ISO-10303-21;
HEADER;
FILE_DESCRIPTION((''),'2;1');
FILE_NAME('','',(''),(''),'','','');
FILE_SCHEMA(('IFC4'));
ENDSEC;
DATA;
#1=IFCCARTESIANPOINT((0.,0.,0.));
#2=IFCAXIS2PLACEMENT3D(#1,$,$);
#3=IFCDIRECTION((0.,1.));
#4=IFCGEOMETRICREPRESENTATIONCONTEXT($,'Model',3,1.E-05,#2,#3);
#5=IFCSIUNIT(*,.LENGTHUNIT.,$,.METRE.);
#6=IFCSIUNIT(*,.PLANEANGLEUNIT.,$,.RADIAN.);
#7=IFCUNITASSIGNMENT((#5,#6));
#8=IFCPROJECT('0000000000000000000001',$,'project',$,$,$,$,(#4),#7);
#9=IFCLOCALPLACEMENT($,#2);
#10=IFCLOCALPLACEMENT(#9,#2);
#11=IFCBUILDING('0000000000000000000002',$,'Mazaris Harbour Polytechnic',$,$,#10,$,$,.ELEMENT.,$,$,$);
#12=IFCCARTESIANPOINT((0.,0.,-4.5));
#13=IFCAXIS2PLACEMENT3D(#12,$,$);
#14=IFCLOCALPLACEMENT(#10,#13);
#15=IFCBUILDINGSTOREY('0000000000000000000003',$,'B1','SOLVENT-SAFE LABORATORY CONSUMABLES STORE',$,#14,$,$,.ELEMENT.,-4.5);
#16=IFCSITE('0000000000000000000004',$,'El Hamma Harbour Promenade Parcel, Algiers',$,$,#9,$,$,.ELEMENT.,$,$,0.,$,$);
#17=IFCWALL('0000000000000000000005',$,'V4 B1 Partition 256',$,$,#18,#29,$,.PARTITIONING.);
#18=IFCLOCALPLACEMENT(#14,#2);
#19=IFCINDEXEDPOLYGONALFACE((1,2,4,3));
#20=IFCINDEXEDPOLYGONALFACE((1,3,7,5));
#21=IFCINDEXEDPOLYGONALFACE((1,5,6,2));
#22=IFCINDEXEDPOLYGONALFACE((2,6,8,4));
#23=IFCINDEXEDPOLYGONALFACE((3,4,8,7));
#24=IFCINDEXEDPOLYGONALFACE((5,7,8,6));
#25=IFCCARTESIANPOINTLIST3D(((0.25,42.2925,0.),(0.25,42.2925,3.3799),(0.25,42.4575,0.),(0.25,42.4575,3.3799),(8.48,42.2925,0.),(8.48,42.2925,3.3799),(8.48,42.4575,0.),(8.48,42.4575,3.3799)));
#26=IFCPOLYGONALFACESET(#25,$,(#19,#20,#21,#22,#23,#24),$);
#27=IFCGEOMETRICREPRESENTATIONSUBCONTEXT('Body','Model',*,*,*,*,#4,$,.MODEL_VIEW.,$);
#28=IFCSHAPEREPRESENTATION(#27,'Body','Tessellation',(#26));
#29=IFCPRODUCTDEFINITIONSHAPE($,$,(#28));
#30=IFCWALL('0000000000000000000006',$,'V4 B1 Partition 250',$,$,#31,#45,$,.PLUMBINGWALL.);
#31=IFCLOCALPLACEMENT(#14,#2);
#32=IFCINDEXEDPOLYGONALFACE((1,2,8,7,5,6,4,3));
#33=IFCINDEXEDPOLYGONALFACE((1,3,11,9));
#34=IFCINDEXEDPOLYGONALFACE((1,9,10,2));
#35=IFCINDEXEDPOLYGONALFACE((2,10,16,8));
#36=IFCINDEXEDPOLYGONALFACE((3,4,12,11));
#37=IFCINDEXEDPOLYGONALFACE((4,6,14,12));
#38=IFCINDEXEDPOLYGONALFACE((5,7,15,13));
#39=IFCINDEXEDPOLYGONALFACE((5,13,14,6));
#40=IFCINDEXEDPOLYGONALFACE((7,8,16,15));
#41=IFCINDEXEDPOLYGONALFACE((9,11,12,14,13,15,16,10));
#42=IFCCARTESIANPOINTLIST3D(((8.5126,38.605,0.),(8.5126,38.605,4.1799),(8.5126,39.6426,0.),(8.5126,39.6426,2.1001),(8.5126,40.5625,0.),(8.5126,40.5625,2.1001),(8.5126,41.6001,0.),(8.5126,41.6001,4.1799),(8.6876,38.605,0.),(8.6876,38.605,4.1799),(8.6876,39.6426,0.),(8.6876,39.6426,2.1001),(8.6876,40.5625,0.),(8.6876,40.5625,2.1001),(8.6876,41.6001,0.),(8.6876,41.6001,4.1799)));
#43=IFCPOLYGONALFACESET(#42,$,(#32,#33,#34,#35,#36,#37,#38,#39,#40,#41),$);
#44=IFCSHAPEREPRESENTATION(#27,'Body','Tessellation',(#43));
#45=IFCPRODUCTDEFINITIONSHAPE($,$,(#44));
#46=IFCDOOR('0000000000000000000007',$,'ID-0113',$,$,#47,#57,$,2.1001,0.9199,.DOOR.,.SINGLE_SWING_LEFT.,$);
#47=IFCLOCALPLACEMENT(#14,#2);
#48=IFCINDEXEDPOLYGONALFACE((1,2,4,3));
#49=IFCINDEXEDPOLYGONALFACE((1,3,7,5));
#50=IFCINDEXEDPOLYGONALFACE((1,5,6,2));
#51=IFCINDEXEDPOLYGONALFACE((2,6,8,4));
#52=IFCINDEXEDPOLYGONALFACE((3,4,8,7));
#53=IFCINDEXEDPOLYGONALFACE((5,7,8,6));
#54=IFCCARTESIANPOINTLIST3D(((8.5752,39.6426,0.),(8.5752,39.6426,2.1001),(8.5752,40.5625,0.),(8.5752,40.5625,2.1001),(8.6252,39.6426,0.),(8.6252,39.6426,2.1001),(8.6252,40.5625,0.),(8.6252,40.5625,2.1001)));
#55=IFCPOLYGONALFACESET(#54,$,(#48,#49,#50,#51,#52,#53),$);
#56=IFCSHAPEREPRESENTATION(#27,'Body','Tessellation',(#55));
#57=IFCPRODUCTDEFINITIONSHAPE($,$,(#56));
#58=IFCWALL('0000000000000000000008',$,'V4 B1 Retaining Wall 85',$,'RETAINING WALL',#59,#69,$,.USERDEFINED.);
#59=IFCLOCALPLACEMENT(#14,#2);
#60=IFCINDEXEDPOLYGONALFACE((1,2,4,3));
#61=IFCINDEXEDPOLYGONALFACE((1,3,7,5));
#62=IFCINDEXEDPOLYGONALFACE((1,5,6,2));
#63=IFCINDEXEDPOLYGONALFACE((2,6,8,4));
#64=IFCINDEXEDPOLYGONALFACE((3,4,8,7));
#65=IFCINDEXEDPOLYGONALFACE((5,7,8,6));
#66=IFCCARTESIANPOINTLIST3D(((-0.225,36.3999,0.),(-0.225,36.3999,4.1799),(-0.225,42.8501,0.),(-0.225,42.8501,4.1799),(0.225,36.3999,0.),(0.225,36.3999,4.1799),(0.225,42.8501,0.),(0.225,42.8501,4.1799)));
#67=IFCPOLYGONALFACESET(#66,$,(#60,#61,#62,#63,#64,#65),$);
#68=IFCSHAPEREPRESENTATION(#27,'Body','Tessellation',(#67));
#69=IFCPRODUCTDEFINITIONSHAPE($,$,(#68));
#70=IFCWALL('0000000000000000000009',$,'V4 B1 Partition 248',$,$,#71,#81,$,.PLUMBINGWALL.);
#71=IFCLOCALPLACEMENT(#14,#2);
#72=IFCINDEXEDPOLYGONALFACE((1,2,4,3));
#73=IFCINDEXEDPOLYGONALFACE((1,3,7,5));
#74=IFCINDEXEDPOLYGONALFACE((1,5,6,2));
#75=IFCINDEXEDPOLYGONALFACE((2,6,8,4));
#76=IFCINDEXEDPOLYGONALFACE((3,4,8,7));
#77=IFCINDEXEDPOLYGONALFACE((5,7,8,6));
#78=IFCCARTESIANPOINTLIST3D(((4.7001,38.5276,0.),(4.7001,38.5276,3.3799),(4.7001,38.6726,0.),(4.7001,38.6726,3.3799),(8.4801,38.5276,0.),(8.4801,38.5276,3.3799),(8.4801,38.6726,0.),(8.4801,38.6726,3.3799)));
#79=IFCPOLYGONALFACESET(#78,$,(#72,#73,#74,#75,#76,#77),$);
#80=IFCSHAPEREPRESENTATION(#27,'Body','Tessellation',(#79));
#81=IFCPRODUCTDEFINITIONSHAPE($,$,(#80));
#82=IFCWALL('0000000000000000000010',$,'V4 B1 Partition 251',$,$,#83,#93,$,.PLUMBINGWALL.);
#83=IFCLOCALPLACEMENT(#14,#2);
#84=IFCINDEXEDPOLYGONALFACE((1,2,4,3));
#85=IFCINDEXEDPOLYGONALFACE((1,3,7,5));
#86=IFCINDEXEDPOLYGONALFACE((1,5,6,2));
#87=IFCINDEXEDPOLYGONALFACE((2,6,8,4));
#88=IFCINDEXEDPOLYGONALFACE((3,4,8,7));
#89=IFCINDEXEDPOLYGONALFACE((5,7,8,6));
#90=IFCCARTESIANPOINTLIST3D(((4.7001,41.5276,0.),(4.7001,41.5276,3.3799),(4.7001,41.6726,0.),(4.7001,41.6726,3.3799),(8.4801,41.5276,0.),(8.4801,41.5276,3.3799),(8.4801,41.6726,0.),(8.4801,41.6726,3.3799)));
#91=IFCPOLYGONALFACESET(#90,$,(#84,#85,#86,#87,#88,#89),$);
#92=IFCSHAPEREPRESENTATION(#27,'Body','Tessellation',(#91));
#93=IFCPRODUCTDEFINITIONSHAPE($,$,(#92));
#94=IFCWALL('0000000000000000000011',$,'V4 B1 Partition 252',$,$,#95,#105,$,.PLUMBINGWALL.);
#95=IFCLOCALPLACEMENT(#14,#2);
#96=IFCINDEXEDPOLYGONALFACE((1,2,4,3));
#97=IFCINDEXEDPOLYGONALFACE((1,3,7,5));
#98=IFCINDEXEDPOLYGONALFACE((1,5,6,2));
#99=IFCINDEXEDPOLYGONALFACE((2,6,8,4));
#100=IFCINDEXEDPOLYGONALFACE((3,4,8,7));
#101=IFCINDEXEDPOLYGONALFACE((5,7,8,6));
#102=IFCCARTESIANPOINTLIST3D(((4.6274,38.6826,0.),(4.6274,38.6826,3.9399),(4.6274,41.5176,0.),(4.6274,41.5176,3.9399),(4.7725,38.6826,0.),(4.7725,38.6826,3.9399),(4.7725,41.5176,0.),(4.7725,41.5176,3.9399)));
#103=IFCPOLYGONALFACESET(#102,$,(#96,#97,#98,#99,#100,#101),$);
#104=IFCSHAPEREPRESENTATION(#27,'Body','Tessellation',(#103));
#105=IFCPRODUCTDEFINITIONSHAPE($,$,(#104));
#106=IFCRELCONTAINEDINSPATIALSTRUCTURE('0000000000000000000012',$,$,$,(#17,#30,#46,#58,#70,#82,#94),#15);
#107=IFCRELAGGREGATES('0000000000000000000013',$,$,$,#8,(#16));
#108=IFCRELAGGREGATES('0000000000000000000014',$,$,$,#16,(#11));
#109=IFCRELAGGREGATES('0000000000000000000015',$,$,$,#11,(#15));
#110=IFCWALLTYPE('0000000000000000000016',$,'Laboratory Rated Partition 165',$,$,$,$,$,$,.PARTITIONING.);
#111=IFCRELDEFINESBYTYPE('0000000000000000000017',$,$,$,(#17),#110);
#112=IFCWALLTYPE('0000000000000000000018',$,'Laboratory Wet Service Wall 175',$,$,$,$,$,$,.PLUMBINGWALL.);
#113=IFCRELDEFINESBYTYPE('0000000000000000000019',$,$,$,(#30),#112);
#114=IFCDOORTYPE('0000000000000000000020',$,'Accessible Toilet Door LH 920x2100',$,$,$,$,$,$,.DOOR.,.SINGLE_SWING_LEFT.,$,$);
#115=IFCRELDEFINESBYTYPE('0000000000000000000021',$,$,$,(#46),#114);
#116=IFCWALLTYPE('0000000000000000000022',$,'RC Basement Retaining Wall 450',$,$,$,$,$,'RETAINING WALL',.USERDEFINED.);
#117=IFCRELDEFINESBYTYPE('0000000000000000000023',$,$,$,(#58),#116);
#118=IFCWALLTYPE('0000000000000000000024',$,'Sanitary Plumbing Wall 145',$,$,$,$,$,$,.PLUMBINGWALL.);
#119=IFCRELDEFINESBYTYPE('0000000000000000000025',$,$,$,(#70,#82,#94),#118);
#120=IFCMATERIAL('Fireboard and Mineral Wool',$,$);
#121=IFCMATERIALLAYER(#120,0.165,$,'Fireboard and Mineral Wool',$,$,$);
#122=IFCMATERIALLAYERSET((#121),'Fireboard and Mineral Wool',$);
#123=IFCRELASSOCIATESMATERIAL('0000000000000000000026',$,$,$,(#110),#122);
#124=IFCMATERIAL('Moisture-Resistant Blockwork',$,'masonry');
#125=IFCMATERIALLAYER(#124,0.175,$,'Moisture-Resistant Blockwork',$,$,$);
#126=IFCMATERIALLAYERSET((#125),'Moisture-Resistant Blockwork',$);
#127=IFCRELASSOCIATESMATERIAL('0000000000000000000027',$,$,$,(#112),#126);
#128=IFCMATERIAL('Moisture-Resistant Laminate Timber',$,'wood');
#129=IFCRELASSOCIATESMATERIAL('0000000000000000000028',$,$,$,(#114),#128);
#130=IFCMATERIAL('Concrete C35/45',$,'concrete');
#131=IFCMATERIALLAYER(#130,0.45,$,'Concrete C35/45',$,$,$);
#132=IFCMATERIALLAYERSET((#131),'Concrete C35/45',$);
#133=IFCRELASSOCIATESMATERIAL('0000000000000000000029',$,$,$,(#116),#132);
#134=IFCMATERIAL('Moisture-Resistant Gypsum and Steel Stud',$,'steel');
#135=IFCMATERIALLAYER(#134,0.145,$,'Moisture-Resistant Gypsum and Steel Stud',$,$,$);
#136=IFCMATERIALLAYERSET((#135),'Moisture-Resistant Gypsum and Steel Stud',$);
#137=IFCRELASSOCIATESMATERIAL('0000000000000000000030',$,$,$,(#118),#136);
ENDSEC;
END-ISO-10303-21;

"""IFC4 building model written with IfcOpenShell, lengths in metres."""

from ifc_helpers import new_model, si_unit, direction, frame, frame_2d, origin, place, context, subcontext, project, spatial, rectangle, extrude, material, layer, layer_set, type_object, element, fill, save


model = new_model("IFC4")

# Units and contexts
model_context = context("Model", 3, precision=1e-05, world=origin(), true_north=direction((0.0, 1.0)))
body_context = subcontext(model_context, "Body", "Model", "MODEL_VIEW")
ifc_project = project(units=[si_unit("LENGTHUNIT", "METRE"), si_unit("PLANEANGLEUNIT", "RADIAN")], contexts=[model_context])

# Site, building, storey
site_placement = place(None, origin())
site = spatial("IfcSite", under=ifc_project, at=site_placement, Name="El Hamma Harbour Promenade Parcel, Algiers", CompositionType="ELEMENT", RefElevation=0.0)
building_placement = place(site_placement, origin())
building = spatial("IfcBuilding", under=site, at=building_placement, Name="Mazaris Harbour Polytechnic", CompositionType="ELEMENT")
storey_placement = place(building_placement, frame((0.0, 0.0, -4.5)))
storey = spatial("IfcBuildingStorey", under=building, at=storey_placement, Name="B1", Description="SOLVENT-SAFE LABORATORY CONSUMABLES STORE", CompositionType="ELEMENT", Elevation=-4.5)

# Wall
ifc_material_1 = material(Name="Fireboard and Mineral Wool")
ifc_layer_1 = layer(ifc_material_1, 0.165, Name="Fireboard and Mineral Wool")
ifc_layer_set_1 = layer_set([ifc_layer_1], Name="Fireboard and Mineral Wool")
wall_type_1 = type_object("IfcWallType", Name="Laboratory Rated Partition 165", PredefinedType="PARTITIONING", material=ifc_layer_set_1)
wall_1_placement = place(storey_placement, frame((0.25, 42.375, 0.0), z_axis=(0.0, 0.0, 1.0), x_axis=(1.0, 0.0, 0.0)))
element("IfcWall", 1, at=wall_1_placement, inside=storey, type_object=wall_type_1, Name="V4 B1 Partition 256", PredefinedType="PARTITIONING", context=body_context, shape_type="SweptSolid", body=[
    extrude(rectangle(XDim=8.23, YDim=0.165, at=frame_2d((4.115, 0.0))), origin(), (0.0, 0.0, 1.0), 3.3799),
])

# Wall, opening, door
ifc_material_2 = material(Name="Moisture-Resistant Blockwork", Category="masonry")
ifc_layer_2 = layer(ifc_material_2, 0.175, Name="Moisture-Resistant Blockwork")
ifc_layer_set_2 = layer_set([ifc_layer_2], Name="Moisture-Resistant Blockwork")
wall_type_2 = type_object("IfcWallType", Name="Laboratory Wet Service Wall 175", PredefinedType="PLUMBINGWALL", material=ifc_layer_set_2)
wall_2_placement = place(storey_placement, frame((8.6001, 38.605, 0.0), z_axis=(0.0, 0.0, 1.0), x_axis=(0.0, 1.0, 0.0)))
wall_2 = element("IfcWall", 2, at=wall_2_placement, inside=storey, type_object=wall_type_2, Name="V4 B1 Partition 250", PredefinedType="PLUMBINGWALL", context=body_context, shape_type="SweptSolid", body=[
    extrude(rectangle(XDim=2.9951, YDim=0.175, at=frame_2d((1.4976, 0.0))), origin(), (0.0, 0.0, 1.0), 4.1799),
])
opening_1_placement = place(wall_2_placement, frame((1.0376, 0.0, 0.0)))
opening_1 = element("IfcOpeningElement", 3, at=opening_1_placement, cuts=wall_2, PredefinedType="OPENING", context=body_context, shape_type="SweptSolid", body=[
    extrude(rectangle(XDim=0.9199, YDim=2.1001, at=frame_2d((0.46, 1.05))), frame((0.0, 0.0974, 0.0), z_axis=(0.0, -1.0, 0.0), x_axis=(1.0, 0.0, 0.0)), (0.0, 0.0, 1.0), 0.1951),
])
ifc_material_3 = material(Name="Moisture-Resistant Laminate Timber", Category="wood")
door_type_1 = type_object("IfcDoorType", Name="Accessible Toilet Door LH 920x2100", OperationType="SINGLE_SWING_LEFT", PredefinedType="DOOR", material=ifc_material_3)
door_1_placement = place(opening_1_placement, origin())
door_1 = element("IfcDoor", 4, at=door_1_placement, inside=storey, type_object=door_type_1, Name="ID-0113", OperationType="SINGLE_SWING_LEFT", OverallHeight=2.1001, OverallWidth=0.9199, PredefinedType="DOOR", context=body_context, shape_type="SweptSolid", body=[
    extrude(rectangle(XDim=0.9199, YDim=2.1001, at=frame_2d((0.46, 1.05))), frame((0.0, 0.0249, 0.0), z_axis=(0.0, -1.0, 0.0), x_axis=(1.0, 0.0, 0.0)), (0.0, 0.0, 1.0), 0.05),
])
fill(opening_1, door_1)

# Walls
ifc_material_4 = material(Name="Concrete C35/45", Category="concrete")
ifc_layer_3 = layer(ifc_material_4, 0.45, Name="Concrete C35/45")
ifc_layer_set_3 = layer_set([ifc_layer_3], Name="Concrete C35/45")
wall_type_3 = type_object("IfcWallType", Name="RC Basement Retaining Wall 450", ElementType="RETAINING WALL", PredefinedType="USERDEFINED", material=ifc_layer_set_3)
wall_3_placement = place(storey_placement, frame((0.0, 36.3999, 0.0), z_axis=(0.0, 0.0, 1.0), x_axis=(0.0, 1.0, 0.0)))
element("IfcWall", 5, at=wall_3_placement, inside=storey, type_object=wall_type_3, Name="V4 B1 Retaining Wall 85", ObjectType="RETAINING WALL", PredefinedType="USERDEFINED", context=body_context, shape_type="SweptSolid", body=[
    extrude(rectangle(XDim=6.4502, YDim=0.45, at=frame_2d((3.2251, 0.0))), origin(), (0.0, 0.0, 1.0), 4.1799),
])
ifc_material_5 = material(Name="Moisture-Resistant Gypsum and Steel Stud", Category="steel")
ifc_layer_4 = layer(ifc_material_5, 0.145, Name="Moisture-Resistant Gypsum and Steel Stud")
ifc_layer_set_4 = layer_set([ifc_layer_4], Name="Moisture-Resistant Gypsum and Steel Stud")
wall_type_4 = type_object("IfcWallType", Name="Sanitary Plumbing Wall 145", PredefinedType="PLUMBINGWALL", material=ifc_layer_set_4)
for number, where, z_axis, x_axis, name in (
    (6, (4.7, 38.6001, 0.0), (0.0, 0.0, 1.0), (1.0, 0.0, 0.0), "V4 B1 Partition 248"),
    (7, (4.7, 41.6001, 0.0), (0.0, 0.0, 1.0), (1.0, 0.0, 0.0), "V4 B1 Partition 251"),
):
    element("IfcWall", number, at=place(storey_placement, frame(where, z_axis=z_axis, x_axis=x_axis)), inside=storey, type_object=wall_type_4, Name=name, PredefinedType="PLUMBINGWALL", context=body_context, shape_type="SweptSolid", body=[
        extrude(rectangle(XDim=3.78, YDim=0.145, at=frame_2d((1.8901, 0.0))), origin(), (0.0, 0.0, 1.0), 3.3799),
    ])
wall_4_placement = place(storey_placement, frame((4.7, 38.6826, 0.0), z_axis=(0.0, 0.0, 1.0), x_axis=(0.0, 1.0, 0.0)))
element("IfcWall", 8, at=wall_4_placement, inside=storey, type_object=wall_type_4, Name="V4 B1 Partition 252", PredefinedType="PLUMBINGWALL", context=body_context, shape_type="SweptSolid", body=[
    extrude(rectangle(XDim=2.835, YDim=0.145, at=frame_2d((1.4175, 0.0))), origin(), (0.0, 0.0, 1.0), 3.9399),
])

save(model, "model.ifc")
